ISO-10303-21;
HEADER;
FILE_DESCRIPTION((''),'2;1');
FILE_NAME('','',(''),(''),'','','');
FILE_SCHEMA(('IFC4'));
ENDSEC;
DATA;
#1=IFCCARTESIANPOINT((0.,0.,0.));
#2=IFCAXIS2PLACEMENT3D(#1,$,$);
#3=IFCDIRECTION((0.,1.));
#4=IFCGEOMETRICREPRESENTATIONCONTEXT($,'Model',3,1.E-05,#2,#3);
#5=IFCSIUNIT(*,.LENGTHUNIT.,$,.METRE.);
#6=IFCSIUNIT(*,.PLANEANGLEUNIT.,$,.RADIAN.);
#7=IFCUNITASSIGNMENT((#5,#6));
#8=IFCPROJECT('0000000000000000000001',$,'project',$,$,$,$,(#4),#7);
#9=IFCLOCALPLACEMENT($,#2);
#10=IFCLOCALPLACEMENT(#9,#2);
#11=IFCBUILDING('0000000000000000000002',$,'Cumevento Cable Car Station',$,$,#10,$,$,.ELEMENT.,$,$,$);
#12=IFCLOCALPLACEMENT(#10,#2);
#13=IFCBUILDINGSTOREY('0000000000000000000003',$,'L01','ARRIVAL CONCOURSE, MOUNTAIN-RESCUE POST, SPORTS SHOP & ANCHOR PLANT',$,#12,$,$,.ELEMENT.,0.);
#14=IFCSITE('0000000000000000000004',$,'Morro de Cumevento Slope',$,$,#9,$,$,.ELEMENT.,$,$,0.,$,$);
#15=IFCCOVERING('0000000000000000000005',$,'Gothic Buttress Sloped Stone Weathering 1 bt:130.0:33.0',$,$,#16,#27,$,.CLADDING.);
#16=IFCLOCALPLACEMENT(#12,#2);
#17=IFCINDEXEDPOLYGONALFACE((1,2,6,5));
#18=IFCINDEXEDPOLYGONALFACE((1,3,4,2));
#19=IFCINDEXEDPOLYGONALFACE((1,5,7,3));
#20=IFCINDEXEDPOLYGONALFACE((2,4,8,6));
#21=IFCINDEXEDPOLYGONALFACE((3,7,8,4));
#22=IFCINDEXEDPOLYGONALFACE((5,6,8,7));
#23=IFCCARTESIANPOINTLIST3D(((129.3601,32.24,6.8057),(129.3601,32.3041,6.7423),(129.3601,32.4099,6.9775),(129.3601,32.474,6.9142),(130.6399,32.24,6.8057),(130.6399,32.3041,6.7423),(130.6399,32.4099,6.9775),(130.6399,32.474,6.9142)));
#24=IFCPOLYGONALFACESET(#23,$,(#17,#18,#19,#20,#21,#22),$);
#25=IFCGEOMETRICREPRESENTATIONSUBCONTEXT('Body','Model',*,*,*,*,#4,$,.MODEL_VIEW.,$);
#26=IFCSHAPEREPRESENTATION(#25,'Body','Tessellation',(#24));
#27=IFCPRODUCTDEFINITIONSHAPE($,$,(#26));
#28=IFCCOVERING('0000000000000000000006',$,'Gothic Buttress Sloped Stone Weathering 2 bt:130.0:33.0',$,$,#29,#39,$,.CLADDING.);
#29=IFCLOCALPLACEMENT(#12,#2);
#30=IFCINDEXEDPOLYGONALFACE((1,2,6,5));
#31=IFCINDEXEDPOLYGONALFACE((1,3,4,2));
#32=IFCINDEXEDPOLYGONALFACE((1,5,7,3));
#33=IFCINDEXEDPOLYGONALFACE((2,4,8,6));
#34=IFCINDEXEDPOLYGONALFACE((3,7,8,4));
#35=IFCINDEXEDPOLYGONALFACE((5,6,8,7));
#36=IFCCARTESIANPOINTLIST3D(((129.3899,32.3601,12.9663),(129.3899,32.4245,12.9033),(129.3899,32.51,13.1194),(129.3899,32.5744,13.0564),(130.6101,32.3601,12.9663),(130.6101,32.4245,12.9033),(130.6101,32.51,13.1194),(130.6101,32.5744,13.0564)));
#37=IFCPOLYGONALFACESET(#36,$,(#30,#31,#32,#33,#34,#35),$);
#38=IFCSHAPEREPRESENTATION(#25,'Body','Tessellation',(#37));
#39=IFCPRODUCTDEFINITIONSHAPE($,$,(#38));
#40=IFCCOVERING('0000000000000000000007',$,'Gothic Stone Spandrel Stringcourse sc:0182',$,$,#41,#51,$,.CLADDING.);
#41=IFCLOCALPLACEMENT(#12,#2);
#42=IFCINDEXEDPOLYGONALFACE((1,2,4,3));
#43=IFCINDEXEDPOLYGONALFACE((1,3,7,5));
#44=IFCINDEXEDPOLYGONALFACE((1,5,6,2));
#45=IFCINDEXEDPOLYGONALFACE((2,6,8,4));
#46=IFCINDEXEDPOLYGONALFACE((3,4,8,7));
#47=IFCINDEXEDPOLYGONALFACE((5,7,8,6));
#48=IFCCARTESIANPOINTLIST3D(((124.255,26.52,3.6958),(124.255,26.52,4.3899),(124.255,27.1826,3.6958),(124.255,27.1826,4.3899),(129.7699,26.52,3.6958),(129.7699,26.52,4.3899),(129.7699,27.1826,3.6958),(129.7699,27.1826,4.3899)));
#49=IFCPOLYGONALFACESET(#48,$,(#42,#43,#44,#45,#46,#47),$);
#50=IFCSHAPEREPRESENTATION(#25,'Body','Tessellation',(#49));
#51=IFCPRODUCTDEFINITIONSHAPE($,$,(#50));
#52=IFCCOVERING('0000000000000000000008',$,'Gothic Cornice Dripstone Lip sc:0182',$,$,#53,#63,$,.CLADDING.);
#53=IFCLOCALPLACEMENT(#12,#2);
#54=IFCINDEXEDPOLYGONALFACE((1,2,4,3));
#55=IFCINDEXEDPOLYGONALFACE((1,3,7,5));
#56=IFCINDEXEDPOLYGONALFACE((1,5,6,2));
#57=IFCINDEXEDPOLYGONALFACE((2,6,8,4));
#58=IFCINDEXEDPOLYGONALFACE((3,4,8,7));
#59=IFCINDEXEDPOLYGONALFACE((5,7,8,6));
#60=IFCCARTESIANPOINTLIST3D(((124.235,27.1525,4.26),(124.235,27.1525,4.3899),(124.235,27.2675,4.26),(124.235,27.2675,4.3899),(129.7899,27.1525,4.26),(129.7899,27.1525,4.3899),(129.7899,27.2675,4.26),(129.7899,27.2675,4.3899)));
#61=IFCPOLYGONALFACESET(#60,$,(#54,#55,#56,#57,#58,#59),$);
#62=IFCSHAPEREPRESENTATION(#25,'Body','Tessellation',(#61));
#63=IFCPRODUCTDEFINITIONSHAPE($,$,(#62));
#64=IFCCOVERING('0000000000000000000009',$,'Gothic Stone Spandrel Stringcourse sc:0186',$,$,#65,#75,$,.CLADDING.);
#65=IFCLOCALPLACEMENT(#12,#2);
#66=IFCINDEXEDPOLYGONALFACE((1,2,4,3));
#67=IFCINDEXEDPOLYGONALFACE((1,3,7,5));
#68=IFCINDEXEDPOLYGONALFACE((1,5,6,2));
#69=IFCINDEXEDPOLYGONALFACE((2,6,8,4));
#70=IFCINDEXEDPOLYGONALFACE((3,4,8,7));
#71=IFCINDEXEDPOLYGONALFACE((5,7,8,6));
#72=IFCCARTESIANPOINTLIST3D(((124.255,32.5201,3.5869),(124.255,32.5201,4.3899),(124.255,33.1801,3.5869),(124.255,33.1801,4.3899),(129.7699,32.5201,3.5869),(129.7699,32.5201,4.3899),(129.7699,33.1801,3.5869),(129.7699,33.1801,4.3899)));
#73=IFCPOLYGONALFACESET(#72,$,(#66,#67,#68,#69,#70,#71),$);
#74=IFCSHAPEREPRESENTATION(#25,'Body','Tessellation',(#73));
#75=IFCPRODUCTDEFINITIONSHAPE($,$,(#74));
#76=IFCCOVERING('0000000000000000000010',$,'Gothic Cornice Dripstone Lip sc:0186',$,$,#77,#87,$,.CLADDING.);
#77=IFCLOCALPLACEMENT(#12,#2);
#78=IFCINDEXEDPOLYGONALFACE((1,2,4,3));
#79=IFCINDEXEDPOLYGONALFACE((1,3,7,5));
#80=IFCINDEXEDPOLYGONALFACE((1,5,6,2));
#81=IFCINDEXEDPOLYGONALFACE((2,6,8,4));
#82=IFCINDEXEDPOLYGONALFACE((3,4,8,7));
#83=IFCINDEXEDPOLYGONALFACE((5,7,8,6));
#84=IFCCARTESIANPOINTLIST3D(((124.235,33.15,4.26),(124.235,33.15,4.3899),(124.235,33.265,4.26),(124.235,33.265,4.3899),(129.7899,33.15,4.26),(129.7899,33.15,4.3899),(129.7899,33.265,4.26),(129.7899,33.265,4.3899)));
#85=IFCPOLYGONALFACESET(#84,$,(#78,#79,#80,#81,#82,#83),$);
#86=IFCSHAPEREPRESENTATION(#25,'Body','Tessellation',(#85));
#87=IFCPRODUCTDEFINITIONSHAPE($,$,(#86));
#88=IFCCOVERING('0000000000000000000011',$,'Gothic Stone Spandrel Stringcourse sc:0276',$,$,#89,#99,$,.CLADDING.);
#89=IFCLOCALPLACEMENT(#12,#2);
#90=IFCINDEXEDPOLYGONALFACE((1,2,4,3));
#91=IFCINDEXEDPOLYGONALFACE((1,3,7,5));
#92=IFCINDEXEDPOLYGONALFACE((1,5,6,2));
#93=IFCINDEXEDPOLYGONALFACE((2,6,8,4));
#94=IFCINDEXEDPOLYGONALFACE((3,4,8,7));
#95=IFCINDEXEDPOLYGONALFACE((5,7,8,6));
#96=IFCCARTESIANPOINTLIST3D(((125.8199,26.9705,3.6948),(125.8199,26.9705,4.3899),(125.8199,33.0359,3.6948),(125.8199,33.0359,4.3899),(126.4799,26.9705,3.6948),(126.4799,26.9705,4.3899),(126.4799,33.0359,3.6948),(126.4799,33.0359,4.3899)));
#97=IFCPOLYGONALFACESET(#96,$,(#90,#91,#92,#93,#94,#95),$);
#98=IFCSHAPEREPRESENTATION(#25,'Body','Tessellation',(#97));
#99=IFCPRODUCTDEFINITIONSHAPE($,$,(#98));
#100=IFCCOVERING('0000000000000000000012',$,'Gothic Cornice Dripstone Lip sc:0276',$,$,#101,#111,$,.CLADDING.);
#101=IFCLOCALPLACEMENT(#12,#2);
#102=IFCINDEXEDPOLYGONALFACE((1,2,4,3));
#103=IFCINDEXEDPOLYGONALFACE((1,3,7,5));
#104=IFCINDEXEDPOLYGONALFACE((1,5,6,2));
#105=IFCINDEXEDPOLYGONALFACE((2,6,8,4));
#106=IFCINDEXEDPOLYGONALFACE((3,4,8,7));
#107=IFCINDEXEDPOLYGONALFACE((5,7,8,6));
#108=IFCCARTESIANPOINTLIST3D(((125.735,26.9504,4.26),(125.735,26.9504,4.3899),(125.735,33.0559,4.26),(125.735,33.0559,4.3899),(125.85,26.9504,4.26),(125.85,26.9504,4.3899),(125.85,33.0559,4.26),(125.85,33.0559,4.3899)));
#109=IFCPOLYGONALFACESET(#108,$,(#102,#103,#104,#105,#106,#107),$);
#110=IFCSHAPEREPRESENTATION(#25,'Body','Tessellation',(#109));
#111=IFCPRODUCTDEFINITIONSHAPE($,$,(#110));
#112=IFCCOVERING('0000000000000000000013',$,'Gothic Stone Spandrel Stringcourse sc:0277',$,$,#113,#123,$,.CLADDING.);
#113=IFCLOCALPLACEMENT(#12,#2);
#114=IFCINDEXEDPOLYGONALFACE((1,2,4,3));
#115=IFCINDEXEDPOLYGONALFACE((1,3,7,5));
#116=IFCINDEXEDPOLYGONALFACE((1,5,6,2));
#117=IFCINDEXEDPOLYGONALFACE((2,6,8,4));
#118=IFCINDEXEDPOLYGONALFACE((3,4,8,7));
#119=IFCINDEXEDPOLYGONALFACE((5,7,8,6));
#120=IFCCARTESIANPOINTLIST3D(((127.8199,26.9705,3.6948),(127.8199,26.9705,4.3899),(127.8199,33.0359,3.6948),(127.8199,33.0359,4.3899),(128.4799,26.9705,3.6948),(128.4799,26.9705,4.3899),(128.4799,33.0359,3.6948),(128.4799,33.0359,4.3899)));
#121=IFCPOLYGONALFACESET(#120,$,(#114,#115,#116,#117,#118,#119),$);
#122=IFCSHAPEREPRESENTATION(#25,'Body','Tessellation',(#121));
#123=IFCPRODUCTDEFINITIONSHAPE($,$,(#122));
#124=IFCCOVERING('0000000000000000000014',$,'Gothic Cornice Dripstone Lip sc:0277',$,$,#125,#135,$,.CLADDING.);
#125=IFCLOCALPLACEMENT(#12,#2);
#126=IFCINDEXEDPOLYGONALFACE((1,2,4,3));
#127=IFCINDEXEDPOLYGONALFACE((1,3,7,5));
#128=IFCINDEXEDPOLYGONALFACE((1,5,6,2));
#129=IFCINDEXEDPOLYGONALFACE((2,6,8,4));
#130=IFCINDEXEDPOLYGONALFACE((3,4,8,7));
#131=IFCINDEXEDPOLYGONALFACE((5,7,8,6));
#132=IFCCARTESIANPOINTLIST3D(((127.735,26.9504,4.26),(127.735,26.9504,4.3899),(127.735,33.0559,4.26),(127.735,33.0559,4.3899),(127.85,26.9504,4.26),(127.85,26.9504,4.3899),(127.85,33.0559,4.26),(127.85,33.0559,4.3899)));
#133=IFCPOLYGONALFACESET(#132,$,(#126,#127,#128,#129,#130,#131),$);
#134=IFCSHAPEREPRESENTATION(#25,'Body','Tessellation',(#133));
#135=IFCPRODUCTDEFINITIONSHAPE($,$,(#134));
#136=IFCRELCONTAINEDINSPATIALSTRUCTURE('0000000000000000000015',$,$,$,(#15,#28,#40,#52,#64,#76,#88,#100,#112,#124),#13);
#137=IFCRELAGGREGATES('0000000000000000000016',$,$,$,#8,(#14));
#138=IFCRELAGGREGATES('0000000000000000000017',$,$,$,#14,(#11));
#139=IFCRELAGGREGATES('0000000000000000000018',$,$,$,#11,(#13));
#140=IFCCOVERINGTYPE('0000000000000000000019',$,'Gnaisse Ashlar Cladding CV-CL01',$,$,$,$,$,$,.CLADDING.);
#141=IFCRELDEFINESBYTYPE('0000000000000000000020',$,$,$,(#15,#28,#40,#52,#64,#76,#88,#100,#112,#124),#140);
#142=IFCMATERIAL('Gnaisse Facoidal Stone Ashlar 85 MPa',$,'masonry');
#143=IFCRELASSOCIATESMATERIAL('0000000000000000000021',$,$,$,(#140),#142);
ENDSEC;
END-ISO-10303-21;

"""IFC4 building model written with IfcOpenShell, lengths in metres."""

from ifc_helpers import new_model, si_unit, direction, frame, origin, origin_2d, place, context, subcontext, project, spatial, polyline, rectangle, outline, extrude, material, type_object, element, save


model = new_model("IFC4")

# Units and contexts
model_context = context("Model", 3, precision=1e-05, world=origin(), true_north=direction((0.0, 1.0)))
body_context = subcontext(model_context, "Body", "Model", "MODEL_VIEW")
ifc_project = project(units=[si_unit("LENGTHUNIT", "METRE"), si_unit("PLANEANGLEUNIT", "RADIAN")], contexts=[model_context])

# Site, building, storey
site_placement = place(None, origin())
site = spatial("IfcSite", under=ifc_project, at=site_placement, Name="Morro de Cumevento Slope", CompositionType="ELEMENT", RefElevation=0.0)
building_placement = place(site_placement, origin())
building = spatial("IfcBuilding", under=site, at=building_placement, Name="Cumevento Cable Car Station", CompositionType="ELEMENT")
storey_placement = place(building_placement, origin())
storey = spatial("IfcBuildingStorey", under=building, at=storey_placement, Name="L01", Description="ARRIVAL CONCOURSE, MOUNTAIN-RESCUE POST, SPORTS SHOP & ANCHOR PLANT", CompositionType="ELEMENT", Elevation=0.0)

# Coverings
ifc_material_1 = material(Name="Gnaisse Facoidal Stone Ashlar 85 MPa", Category="masonry")
covering_type = type_object("IfcCoveringType", Name="Gnaisse Ashlar Cladding CV-CL01", PredefinedType="CLADDING", material=ifc_material_1)
covering_1_placement = place(storey_placement, frame((129.3601, 32.24, 6.8057), z_axis=(0.0, -0.711136, 0.703055), x_axis=(1.0, 0.0, 0.0)))
element("IfcCovering", 1, at=covering_1_placement, inside=storey, type_object=covering_type, Name="Gothic Buttress Sloped Stone Weathering 1 bt:130.0:33.0", PredefinedType="CLADDING", context=body_context, shape_type="SweptSolid", body=[
    extrude(outline(polyline([(0.0, 0.0), (1.2798, 0.0), (1.2798, 0.2417), (0.0, 0.2417), (0.0, 0.0)])), origin(), (0.0, 0.0, -1.0), 0.0901),
])
covering_2_placement = place(storey_placement, frame((129.3899, 32.3601, 12.9663), z_axis=(0.0, -0.714475, 0.699661), x_axis=(1.0, 0.0, 0.0)))
element("IfcCovering", 2, at=covering_2_placement, inside=storey, type_object=covering_type, Name="Gothic Buttress Sloped Stone Weathering 2 bt:130.0:33.0", PredefinedType="CLADDING", context=body_context, shape_type="SweptSolid", body=[
    extrude(outline(polyline([(0.0, 0.0), (1.2202, 0.0), (1.2202, 0.2142), (0.0, 0.2142), (0.0, 0.0)])), origin(), (0.0, 0.0, -1.0), 0.0901),
])
covering_3_placement = place(storey_placement, frame((127.0125, 26.8513, 3.6958), z_axis=(0.0, 0.0, 1.0), x_axis=(1.0, 0.0, 0.0)))
element("IfcCovering", 3, at=covering_3_placement, inside=storey, type_object=covering_type, Name="Gothic Stone Spandrel Stringcourse sc:0182", PredefinedType="CLADDING", context=body_context, shape_type="SweptSolid", body=[
    extrude(rectangle(XDim=5.5149, YDim=0.6626, at=origin_2d()), origin(), (0.0, 0.0, 1.0), 0.6941),
])
covering_4_placement = place(storey_placement, frame((127.0125, 27.21, 4.26), z_axis=(0.0, 0.0, 1.0), x_axis=(1.0, 0.0, 0.0)))
element("IfcCovering", 4, at=covering_4_placement, inside=storey, type_object=covering_type, Name="Gothic Cornice Dripstone Lip sc:0182", PredefinedType="CLADDING", context=body_context, shape_type="SweptSolid", body=[
    extrude(rectangle(XDim=5.5549, YDim=0.115, at=origin_2d()), origin(), (0.0, 0.0, 1.0), 0.1299),
])
covering_5_placement = place(storey_placement, frame((127.0125, 32.8501, 3.5869), z_axis=(0.0, 0.0, 1.0), x_axis=(1.0, 0.0, 0.0)))
element("IfcCovering", 5, at=covering_5_placement, inside=storey, type_object=covering_type, Name="Gothic Stone Spandrel Stringcourse sc:0186", PredefinedType="CLADDING", context=body_context, shape_type="SweptSolid", body=[
    extrude(rectangle(XDim=5.5149, YDim=0.6599, at=origin_2d()), origin(), (0.0, 0.0, 1.0), 0.803),
])
covering_6_placement = place(storey_placement, frame((127.0125, 33.2075, 4.26), z_axis=(0.0, 0.0, 1.0), x_axis=(1.0, 0.0, 0.0)))
element("IfcCovering", 6, at=covering_6_placement, inside=storey, type_object=covering_type, Name="Gothic Cornice Dripstone Lip sc:0186", PredefinedType="CLADDING", context=body_context, shape_type="SweptSolid", body=[
    extrude(rectangle(XDim=5.5549, YDim=0.115, at=origin_2d()), origin(), (0.0, 0.0, 1.0), 0.1299),
])
covering_7_placement = place(storey_placement, frame((126.1499, 30.0032, 3.6948), z_axis=(0.0, 0.0, 1.0), x_axis=(0.0, 1.0, 0.0)))
element("IfcCovering", 7, at=covering_7_placement, inside=storey, type_object=covering_type, Name="Gothic Stone Spandrel Stringcourse sc:0276", PredefinedType="CLADDING", context=body_context, shape_type="SweptSolid", body=[
    extrude(rectangle(XDim=6.0654, YDim=0.6599, at=origin_2d()), origin(), (0.0, 0.0, 1.0), 0.6951),
])
covering_8_placement = place(storey_placement, frame((125.7925, 30.0032, 4.26), z_axis=(0.0, 0.0, 1.0), x_axis=(0.0, 1.0, 0.0)))
element("IfcCovering", 8, at=covering_8_placement, inside=storey, type_object=covering_type, Name="Gothic Cornice Dripstone Lip sc:0276", PredefinedType="CLADDING", context=body_context, shape_type="SweptSolid", body=[
    extrude(rectangle(XDim=6.1055, YDim=0.115, at=origin_2d()), origin(), (0.0, 0.0, 1.0), 0.1299),
])
covering_9_placement = place(storey_placement, frame((128.1499, 30.0032, 3.6948), z_axis=(0.0, 0.0, 1.0), x_axis=(0.0, 1.0, 0.0)))
element("IfcCovering", 9, at=covering_9_placement, inside=storey, type_object=covering_type, Name="Gothic Stone Spandrel Stringcourse sc:0277", PredefinedType="CLADDING", context=body_context, shape_type="SweptSolid", body=[
    extrude(rectangle(XDim=6.0654, YDim=0.6599, at=origin_2d()), origin(), (0.0, 0.0, 1.0), 0.6951),
])
covering_10_placement = place(storey_placement, frame((127.7925, 30.0032, 4.26), z_axis=(0.0, 0.0, 1.0), x_axis=(0.0, 1.0, 0.0)))
element("IfcCovering", 10, at=covering_10_placement, inside=storey, type_object=covering_type, Name="Gothic Cornice Dripstone Lip sc:0277", PredefinedType="CLADDING", context=body_context, shape_type="SweptSolid", body=[
    extrude(rectangle(XDim=6.1055, YDim=0.115, at=origin_2d()), origin(), (0.0, 0.0, 1.0), 0.1299),
])

save(model, "model.ifc")
